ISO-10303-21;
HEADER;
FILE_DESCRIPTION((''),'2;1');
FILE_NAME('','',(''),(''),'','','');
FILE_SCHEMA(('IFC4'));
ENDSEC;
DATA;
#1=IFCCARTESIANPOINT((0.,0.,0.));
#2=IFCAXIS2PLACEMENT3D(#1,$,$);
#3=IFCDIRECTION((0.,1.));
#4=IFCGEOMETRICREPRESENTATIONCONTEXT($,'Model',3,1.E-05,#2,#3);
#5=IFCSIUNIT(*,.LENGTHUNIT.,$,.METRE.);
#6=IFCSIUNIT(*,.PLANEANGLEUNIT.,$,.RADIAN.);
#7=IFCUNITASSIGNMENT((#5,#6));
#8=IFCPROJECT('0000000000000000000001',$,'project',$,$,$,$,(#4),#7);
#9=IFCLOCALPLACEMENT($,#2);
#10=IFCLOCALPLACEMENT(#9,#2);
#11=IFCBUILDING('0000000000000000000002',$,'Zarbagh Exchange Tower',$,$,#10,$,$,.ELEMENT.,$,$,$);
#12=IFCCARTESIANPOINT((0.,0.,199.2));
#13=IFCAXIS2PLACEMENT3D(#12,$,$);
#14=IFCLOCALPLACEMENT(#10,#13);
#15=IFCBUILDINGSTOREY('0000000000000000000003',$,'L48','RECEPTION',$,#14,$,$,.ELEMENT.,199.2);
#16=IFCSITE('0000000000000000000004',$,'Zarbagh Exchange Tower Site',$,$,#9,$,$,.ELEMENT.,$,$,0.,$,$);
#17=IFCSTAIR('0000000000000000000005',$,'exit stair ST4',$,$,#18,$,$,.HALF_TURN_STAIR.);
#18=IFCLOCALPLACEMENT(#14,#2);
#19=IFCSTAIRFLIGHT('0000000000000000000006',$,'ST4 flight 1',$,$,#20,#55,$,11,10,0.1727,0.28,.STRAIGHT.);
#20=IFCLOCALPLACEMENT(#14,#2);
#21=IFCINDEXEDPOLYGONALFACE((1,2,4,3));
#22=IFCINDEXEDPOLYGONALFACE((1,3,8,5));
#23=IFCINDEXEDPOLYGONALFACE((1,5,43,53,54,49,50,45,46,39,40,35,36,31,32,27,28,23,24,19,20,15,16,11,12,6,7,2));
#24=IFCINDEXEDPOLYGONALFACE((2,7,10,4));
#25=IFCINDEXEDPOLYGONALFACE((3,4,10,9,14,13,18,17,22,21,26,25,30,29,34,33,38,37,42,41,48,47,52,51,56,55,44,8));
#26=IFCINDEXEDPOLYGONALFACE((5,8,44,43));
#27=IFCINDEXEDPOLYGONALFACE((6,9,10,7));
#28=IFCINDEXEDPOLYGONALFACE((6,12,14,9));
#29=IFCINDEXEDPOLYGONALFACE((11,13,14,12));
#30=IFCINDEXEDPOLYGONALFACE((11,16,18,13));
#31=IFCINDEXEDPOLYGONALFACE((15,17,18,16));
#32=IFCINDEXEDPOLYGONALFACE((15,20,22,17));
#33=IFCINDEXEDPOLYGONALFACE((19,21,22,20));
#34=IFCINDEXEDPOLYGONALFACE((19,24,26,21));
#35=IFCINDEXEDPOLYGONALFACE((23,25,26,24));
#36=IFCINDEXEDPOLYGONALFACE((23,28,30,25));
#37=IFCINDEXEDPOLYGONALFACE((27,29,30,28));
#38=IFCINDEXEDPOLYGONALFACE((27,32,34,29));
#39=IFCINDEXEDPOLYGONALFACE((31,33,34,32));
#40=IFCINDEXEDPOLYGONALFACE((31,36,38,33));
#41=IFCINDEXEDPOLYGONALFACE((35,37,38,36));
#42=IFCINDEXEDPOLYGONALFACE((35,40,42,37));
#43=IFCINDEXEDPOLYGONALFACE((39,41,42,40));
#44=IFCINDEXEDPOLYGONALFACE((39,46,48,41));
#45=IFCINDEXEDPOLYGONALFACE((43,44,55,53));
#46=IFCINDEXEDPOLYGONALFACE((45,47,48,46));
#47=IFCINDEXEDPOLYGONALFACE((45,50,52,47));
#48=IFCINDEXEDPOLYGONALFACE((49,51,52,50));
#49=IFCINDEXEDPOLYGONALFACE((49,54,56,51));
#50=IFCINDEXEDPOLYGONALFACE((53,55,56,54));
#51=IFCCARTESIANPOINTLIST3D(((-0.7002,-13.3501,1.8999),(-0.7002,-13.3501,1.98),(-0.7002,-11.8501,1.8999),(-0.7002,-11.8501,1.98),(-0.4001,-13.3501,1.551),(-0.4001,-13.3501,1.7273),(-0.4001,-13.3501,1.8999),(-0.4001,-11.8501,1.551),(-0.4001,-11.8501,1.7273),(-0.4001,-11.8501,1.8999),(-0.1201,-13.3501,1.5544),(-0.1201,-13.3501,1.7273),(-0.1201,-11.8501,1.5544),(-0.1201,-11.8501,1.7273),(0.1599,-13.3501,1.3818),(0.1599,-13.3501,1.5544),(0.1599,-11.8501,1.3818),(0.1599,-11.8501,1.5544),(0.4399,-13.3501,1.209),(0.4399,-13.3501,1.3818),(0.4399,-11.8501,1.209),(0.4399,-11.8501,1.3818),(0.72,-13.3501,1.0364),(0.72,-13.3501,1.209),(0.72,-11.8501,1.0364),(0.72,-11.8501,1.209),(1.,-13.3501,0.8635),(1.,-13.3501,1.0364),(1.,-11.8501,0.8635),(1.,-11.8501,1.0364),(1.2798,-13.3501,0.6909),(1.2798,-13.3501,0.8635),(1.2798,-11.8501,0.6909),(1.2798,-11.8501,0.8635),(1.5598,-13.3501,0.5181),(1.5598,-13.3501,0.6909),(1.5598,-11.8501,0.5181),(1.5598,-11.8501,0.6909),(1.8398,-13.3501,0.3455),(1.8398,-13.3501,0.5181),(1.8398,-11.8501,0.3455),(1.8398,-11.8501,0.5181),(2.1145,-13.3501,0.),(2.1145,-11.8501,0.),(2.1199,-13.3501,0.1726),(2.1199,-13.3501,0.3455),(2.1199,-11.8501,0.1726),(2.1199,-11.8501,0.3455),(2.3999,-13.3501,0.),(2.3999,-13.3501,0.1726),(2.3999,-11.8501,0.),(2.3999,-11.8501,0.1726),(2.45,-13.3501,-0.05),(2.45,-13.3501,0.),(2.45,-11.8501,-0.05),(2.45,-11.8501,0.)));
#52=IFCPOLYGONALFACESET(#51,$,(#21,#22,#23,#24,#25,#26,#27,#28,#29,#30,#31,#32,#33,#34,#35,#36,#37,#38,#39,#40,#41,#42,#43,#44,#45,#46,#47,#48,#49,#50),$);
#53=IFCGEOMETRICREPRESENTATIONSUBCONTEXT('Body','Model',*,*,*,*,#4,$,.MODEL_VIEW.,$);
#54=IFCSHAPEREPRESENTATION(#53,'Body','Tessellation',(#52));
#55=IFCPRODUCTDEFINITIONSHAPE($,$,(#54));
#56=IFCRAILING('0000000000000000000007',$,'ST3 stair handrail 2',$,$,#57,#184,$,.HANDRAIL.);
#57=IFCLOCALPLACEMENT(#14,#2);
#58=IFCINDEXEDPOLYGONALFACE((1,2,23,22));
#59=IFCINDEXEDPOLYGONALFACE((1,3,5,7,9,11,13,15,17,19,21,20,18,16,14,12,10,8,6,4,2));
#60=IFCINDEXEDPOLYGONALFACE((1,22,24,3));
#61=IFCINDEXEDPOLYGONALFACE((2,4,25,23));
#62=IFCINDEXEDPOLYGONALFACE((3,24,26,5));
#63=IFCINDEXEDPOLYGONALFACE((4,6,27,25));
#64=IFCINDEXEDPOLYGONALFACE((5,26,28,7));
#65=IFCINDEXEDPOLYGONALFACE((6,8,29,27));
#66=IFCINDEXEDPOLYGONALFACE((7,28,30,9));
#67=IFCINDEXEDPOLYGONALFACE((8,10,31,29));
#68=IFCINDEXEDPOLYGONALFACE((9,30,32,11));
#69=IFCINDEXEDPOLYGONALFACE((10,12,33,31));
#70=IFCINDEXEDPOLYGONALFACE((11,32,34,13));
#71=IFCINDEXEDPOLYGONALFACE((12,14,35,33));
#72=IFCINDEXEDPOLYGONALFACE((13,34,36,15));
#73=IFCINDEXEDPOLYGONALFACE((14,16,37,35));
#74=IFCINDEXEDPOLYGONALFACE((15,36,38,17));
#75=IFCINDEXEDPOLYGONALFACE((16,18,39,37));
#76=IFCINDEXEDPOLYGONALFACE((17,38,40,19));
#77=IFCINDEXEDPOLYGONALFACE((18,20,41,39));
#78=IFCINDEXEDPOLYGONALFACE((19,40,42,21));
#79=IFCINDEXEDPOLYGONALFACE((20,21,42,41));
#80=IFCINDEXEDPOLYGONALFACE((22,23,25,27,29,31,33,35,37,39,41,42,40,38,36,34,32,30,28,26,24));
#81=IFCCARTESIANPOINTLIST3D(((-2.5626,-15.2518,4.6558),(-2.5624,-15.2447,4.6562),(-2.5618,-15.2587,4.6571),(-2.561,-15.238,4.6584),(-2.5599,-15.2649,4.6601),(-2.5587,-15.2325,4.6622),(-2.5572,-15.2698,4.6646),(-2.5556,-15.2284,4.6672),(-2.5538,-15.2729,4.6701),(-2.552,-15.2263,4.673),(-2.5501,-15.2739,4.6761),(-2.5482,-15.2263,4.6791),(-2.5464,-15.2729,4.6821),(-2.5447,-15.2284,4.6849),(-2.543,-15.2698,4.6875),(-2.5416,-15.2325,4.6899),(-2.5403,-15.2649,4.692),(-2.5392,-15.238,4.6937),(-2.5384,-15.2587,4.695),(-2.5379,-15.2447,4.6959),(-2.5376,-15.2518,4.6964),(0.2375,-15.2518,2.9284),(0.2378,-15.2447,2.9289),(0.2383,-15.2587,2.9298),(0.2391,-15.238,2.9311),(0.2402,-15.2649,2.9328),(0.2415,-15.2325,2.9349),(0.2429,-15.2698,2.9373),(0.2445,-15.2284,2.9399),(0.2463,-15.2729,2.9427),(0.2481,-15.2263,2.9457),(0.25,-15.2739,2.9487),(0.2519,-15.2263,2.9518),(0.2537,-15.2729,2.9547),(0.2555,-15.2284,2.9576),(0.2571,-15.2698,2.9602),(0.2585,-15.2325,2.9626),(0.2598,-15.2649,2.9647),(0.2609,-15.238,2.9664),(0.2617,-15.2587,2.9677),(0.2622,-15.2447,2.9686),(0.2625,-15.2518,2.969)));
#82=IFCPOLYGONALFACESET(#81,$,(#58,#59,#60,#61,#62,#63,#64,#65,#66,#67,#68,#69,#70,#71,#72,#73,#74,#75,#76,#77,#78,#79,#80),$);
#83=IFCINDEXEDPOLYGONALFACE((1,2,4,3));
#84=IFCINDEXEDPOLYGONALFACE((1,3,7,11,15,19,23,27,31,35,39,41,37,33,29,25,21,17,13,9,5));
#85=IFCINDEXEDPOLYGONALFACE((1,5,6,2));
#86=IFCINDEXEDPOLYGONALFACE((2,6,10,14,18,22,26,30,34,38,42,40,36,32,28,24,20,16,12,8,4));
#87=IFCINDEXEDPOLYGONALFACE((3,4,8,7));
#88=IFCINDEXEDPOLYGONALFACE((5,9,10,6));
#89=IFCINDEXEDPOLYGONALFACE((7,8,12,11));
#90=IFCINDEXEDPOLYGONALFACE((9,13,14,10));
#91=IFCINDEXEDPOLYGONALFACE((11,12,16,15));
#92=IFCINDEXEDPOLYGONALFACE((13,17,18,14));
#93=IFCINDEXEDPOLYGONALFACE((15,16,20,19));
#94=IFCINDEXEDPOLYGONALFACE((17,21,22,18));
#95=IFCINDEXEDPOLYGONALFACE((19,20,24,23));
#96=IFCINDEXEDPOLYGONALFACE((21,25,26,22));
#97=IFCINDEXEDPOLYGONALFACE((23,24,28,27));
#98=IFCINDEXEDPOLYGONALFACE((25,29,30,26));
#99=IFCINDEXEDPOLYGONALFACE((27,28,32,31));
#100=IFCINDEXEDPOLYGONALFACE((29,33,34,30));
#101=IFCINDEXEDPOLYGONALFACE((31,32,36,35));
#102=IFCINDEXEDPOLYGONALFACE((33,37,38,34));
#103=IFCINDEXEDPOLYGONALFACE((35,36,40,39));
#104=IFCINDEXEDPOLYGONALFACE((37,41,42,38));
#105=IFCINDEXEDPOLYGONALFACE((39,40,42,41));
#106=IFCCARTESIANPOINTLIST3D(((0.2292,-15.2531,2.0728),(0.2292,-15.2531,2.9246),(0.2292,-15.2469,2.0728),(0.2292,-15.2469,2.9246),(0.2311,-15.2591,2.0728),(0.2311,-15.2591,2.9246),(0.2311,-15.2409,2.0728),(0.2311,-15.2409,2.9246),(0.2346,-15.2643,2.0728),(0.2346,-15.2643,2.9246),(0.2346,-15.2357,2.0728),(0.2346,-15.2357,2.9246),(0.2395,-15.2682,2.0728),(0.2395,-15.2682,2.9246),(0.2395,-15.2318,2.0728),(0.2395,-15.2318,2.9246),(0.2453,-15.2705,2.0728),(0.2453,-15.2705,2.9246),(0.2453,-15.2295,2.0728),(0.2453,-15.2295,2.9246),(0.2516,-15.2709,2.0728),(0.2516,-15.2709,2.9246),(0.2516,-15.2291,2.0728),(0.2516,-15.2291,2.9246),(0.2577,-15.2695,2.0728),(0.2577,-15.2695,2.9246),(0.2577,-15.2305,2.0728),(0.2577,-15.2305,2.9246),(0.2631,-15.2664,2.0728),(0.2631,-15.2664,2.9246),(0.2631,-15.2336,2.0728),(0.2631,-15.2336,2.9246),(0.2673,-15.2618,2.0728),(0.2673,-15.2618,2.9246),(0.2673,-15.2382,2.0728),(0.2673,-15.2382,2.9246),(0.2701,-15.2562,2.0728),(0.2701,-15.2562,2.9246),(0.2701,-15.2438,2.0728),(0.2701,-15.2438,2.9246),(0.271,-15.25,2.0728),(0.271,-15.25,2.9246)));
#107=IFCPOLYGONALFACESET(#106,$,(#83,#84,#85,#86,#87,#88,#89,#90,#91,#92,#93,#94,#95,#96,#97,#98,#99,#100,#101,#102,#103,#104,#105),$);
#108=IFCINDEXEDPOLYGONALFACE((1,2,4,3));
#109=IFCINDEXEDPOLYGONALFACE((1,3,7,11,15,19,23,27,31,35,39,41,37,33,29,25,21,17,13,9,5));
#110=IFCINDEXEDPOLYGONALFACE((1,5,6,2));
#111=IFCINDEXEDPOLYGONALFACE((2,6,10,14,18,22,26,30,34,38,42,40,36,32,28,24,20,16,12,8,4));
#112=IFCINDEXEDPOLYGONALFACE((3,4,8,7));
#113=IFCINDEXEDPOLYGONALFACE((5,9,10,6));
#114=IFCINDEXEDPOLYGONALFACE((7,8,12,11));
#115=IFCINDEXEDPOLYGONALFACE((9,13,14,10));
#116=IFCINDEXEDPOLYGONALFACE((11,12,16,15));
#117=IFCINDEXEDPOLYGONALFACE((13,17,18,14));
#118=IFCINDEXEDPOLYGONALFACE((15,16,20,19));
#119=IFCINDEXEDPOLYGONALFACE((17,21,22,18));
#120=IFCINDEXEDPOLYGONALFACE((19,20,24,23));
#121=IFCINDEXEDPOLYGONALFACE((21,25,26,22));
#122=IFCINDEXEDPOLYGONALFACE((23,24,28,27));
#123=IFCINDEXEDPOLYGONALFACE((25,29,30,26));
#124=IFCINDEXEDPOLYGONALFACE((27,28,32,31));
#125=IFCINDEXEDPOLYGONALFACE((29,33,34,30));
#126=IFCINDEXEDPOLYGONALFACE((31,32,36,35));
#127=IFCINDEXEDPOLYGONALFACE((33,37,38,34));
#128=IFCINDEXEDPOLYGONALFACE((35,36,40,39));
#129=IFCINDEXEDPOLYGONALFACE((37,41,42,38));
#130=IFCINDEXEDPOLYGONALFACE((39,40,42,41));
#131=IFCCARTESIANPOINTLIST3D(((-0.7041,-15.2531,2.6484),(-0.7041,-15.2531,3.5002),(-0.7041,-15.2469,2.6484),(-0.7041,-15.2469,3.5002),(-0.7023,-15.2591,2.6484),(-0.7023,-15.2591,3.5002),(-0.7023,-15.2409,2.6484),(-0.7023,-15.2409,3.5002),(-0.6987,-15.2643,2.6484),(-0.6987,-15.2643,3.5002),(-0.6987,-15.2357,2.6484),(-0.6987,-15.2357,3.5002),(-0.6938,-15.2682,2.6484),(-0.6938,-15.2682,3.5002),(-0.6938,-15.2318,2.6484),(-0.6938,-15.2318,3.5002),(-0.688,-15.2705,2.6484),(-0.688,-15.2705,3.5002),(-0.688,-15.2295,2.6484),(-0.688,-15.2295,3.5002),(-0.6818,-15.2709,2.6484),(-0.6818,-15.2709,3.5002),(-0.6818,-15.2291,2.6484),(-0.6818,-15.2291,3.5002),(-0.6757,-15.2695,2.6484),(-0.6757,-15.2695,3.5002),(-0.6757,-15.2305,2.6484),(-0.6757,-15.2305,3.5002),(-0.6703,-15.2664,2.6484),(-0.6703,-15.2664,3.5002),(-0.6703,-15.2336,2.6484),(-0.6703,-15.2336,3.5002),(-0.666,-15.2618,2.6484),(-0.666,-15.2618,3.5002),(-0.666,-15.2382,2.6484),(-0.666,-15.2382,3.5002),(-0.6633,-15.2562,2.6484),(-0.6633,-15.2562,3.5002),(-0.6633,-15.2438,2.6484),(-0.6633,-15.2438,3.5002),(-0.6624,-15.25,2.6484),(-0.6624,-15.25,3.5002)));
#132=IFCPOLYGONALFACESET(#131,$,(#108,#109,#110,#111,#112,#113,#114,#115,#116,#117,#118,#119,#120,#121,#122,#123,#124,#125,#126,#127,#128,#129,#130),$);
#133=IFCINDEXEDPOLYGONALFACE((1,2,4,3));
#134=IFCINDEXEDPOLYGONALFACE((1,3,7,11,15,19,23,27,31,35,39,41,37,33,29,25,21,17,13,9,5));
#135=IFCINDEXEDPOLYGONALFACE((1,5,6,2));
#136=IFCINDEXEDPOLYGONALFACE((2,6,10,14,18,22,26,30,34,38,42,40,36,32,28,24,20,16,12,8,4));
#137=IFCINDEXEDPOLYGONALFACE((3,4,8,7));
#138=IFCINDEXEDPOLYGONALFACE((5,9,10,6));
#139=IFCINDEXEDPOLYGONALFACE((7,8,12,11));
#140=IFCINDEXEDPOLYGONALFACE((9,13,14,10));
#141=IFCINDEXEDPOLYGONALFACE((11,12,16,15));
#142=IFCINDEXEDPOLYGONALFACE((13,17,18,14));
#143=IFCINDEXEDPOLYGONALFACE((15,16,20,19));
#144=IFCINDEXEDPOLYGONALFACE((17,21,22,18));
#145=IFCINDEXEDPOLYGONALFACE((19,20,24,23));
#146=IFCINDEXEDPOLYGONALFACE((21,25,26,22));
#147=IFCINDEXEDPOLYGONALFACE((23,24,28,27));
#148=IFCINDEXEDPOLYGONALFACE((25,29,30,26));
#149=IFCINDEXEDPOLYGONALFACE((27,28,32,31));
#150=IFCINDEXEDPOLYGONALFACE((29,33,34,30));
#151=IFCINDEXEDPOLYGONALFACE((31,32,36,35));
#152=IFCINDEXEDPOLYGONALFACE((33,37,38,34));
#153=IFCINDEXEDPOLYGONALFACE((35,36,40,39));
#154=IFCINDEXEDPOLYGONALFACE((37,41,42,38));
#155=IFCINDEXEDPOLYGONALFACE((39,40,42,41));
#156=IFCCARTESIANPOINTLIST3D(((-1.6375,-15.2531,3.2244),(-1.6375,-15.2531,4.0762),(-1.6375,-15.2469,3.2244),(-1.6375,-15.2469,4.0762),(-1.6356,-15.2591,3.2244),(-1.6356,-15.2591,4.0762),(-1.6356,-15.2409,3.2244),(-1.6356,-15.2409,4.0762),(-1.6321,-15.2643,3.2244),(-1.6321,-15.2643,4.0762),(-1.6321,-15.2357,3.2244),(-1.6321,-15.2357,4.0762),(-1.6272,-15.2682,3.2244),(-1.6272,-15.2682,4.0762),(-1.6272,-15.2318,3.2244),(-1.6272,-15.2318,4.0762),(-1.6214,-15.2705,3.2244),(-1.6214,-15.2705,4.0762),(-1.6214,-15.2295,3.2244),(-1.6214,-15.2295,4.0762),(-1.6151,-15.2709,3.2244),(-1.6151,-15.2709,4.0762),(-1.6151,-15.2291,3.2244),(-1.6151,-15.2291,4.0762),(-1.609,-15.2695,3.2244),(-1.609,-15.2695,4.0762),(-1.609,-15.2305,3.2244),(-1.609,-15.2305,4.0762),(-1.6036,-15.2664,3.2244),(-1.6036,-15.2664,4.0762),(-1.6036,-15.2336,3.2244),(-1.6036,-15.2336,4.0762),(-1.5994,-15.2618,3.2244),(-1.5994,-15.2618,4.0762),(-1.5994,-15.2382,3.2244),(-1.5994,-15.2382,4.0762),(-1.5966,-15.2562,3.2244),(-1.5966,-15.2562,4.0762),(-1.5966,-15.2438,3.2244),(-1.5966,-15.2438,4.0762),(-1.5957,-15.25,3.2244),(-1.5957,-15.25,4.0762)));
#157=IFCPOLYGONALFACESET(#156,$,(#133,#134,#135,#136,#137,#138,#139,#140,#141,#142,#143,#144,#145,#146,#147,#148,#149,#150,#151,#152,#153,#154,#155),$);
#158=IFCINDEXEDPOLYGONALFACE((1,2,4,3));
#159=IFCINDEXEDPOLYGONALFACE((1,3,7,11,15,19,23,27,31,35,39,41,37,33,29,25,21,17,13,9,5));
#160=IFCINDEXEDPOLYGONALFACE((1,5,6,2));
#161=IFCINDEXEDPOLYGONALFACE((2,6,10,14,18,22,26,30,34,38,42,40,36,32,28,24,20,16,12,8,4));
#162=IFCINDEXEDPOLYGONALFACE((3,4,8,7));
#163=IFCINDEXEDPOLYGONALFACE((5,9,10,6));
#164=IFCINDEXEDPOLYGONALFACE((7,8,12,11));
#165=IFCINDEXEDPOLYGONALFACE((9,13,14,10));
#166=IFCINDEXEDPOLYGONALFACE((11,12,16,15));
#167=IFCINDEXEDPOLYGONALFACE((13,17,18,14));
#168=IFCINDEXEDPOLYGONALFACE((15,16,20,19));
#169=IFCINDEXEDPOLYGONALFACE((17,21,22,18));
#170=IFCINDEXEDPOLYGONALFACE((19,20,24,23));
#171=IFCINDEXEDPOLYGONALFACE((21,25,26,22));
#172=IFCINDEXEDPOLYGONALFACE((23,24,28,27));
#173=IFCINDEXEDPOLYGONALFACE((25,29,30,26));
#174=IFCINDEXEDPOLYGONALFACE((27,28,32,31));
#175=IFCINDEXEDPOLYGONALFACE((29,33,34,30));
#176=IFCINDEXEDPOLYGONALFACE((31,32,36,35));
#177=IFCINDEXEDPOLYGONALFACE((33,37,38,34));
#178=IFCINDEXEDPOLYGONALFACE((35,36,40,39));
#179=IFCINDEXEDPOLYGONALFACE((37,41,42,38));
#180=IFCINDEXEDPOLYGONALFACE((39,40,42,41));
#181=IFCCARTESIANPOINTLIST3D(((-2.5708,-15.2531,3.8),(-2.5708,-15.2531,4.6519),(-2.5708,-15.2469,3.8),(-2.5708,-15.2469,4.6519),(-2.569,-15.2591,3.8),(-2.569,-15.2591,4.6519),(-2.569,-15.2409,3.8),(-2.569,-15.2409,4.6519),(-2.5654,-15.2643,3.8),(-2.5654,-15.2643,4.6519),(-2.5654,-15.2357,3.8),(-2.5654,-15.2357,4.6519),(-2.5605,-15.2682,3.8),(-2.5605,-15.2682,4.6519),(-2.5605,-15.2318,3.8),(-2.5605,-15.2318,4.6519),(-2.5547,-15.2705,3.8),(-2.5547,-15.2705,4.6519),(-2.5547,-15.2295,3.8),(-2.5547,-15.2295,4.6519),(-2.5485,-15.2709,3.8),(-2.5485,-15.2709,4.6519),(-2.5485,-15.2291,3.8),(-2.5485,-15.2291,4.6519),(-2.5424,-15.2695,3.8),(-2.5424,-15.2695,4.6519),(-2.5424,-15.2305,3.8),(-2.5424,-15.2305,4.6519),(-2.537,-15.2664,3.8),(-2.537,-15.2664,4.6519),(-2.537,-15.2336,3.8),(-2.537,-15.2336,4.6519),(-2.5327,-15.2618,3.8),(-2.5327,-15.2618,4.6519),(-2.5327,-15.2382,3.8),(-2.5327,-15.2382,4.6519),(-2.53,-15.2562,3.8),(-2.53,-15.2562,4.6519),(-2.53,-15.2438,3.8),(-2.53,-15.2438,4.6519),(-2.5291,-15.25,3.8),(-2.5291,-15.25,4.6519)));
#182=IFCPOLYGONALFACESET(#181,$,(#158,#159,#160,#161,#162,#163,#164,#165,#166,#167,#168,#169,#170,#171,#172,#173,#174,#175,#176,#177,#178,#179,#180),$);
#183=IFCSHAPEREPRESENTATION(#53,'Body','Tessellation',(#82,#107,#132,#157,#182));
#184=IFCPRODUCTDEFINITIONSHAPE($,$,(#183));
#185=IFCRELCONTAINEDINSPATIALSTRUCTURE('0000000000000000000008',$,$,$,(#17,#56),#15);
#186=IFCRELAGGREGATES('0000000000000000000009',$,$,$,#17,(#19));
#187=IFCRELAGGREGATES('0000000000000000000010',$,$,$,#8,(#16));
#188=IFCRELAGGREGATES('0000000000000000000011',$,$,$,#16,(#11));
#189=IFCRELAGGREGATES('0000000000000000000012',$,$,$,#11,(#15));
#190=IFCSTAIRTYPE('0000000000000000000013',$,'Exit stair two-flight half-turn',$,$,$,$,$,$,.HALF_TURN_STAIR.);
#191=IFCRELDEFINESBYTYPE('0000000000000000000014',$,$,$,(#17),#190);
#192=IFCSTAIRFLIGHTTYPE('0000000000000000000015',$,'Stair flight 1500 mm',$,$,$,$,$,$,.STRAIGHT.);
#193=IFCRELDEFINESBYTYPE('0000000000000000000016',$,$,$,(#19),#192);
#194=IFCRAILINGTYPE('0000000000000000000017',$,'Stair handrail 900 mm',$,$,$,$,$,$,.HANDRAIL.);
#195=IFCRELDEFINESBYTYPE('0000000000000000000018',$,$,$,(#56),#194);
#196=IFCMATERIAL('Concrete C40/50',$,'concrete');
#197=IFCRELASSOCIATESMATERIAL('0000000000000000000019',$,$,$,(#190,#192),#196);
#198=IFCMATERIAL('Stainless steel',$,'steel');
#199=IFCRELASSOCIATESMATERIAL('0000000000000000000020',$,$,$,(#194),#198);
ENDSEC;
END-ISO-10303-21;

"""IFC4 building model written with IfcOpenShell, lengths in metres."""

from ifc_helpers import new_model, si_unit, direction, frame, origin, origin_2d, place, context, subcontext, project, spatial, polyline, circle, outline, extrude, material, type_object, element, aggregate, save


model = new_model("IFC4")

# Units and contexts
model_context = context("Model", 3, precision=1e-05, world=origin(), true_north=direction((0.0, 1.0)))
body_context = subcontext(model_context, "Body", "Model", "MODEL_VIEW")
ifc_project = project(units=[si_unit("LENGTHUNIT", "METRE"), si_unit("PLANEANGLEUNIT", "RADIAN")], contexts=[model_context])

# Site, building, storey
site_placement = place(None, origin())
site = spatial("IfcSite", under=ifc_project, at=site_placement, Name="Zarbagh Exchange Tower Site", CompositionType="ELEMENT", RefElevation=0.0)
building_placement = place(site_placement, origin())
building = spatial("IfcBuilding", under=site, at=building_placement, Name="Zarbagh Exchange Tower", CompositionType="ELEMENT")
storey_placement = place(building_placement, frame((0.0, 0.0, 199.2)))
storey = spatial("IfcBuildingStorey", under=building, at=storey_placement, Name="L48", Description="RECEPTION", CompositionType="ELEMENT", Elevation=199.2)

# Shared definitions
ifc_material_1 = material(Name="Stainless steel", Category="steel")

# Shared definitions
ifc_material_2 = material(Name="Concrete C40/50", Category="concrete")

# Stair, stair flight
stair_type = type_object("IfcStairType", Name="Exit stair two-flight half-turn", PredefinedType="HALF_TURN_STAIR", material=ifc_material_2)
stair_1_placement = place(storey_placement, origin())
stair_1 = element("IfcStair", 1, at=stair_1_placement, inside=storey, type_object=stair_type, Name="exit stair ST4", PredefinedType="HALF_TURN_STAIR")
stair_flight_type_1 = type_object("IfcStairFlightType", Name="Stair flight 1500 mm", PredefinedType="STRAIGHT", material=ifc_material_2)
stair_flight_1_placement = place(storey_placement, frame((2.3999, -12.6001, 0.0), z_axis=(0.0, 0.0, 1.0), x_axis=(-1.0, 0.0, 0.0)))
stair_flight_1 = element("IfcStairFlight", 2, at=stair_flight_1_placement, type_object=stair_flight_type_1, Name="ST4 flight 1", NumberOfRisers=11, NumberOfTreads=10, PredefinedType="STRAIGHT", RiserHeight=0.1727, TreadLength=0.28, context=body_context, shape_type="SweptSolid", body=[
    extrude(outline(polyline([(-0.05, -0.05), (-0.05, 0.0), (0.0, 0.0), (0.0, 0.1726), (0.28, 0.1726), (0.28, 0.3455), (0.5601, 0.3455), (0.5601, 0.5181), (0.8401, 0.5181), (0.8401, 0.6909), (1.1201, 0.6909), (1.1201, 0.8635), (1.3999, 0.8635), (1.3999, 1.0364), (1.6799, 1.0364), (1.6799, 1.209), (1.96, 1.209), (1.96, 1.3818), (2.24, 1.3818), (2.24, 1.5544), (2.52, 1.5544), (2.52, 1.7273), (2.8, 1.7273), (2.8, 1.8999), (3.1001, 1.98), (3.1001, 1.8999), (2.8, 1.551), (0.2854, 0.0), (-0.05, -0.05)])), frame((0.0, 0.75, 0.0), z_axis=(0.0, -1.0, 0.0), x_axis=(1.0, 0.0, 0.0)), (0.0, 0.0, 1.0), 1.5),
])
aggregate(stair_1, [stair_flight_1])

# Railing
railing_type_1 = type_object("IfcRailingType", Name="Stair handrail 900 mm", PredefinedType="HANDRAIL", material=ifc_material_1)
railing_1_placement = place(storey_placement, frame((0.25, -15.25, 2.0728)))
element("IfcRailing", 3, at=railing_1_placement, inside=storey, type_object=railing_type_1, Name="ST3 stair handrail 2", PredefinedType="HANDRAIL", context=body_context, shape_type="SweptSolid", body=[
    extrude(circle(Radius=0.0239, at=origin_2d()), frame((0.0, 0.0, 0.876), z_axis=(-0.85109, 0.0, 0.52502), x_axis=(0.0, -1.0, 0.0)), (0.0, 0.0, 1.0), 3.29),
    extrude(circle(Radius=0.021, at=origin_2d()), origin(), (0.0, 0.0, 1.0), 0.8518),
    extrude(circle(Radius=0.021, at=origin_2d()), frame((-0.9333, 0.0, 0.5757)), (0.0, 0.0, 1.0), 0.8518),
    extrude(circle(Radius=0.021, at=origin_2d()), frame((-1.8667, 0.0, 1.1516)), (0.0, 0.0, 1.0), 0.8518),
    extrude(circle(Radius=0.021, at=origin_2d()), frame((-2.8, 0.0, 1.7273)), (0.0, 0.0, 1.0), 0.8518),
])

save(model, "model.ifc")
